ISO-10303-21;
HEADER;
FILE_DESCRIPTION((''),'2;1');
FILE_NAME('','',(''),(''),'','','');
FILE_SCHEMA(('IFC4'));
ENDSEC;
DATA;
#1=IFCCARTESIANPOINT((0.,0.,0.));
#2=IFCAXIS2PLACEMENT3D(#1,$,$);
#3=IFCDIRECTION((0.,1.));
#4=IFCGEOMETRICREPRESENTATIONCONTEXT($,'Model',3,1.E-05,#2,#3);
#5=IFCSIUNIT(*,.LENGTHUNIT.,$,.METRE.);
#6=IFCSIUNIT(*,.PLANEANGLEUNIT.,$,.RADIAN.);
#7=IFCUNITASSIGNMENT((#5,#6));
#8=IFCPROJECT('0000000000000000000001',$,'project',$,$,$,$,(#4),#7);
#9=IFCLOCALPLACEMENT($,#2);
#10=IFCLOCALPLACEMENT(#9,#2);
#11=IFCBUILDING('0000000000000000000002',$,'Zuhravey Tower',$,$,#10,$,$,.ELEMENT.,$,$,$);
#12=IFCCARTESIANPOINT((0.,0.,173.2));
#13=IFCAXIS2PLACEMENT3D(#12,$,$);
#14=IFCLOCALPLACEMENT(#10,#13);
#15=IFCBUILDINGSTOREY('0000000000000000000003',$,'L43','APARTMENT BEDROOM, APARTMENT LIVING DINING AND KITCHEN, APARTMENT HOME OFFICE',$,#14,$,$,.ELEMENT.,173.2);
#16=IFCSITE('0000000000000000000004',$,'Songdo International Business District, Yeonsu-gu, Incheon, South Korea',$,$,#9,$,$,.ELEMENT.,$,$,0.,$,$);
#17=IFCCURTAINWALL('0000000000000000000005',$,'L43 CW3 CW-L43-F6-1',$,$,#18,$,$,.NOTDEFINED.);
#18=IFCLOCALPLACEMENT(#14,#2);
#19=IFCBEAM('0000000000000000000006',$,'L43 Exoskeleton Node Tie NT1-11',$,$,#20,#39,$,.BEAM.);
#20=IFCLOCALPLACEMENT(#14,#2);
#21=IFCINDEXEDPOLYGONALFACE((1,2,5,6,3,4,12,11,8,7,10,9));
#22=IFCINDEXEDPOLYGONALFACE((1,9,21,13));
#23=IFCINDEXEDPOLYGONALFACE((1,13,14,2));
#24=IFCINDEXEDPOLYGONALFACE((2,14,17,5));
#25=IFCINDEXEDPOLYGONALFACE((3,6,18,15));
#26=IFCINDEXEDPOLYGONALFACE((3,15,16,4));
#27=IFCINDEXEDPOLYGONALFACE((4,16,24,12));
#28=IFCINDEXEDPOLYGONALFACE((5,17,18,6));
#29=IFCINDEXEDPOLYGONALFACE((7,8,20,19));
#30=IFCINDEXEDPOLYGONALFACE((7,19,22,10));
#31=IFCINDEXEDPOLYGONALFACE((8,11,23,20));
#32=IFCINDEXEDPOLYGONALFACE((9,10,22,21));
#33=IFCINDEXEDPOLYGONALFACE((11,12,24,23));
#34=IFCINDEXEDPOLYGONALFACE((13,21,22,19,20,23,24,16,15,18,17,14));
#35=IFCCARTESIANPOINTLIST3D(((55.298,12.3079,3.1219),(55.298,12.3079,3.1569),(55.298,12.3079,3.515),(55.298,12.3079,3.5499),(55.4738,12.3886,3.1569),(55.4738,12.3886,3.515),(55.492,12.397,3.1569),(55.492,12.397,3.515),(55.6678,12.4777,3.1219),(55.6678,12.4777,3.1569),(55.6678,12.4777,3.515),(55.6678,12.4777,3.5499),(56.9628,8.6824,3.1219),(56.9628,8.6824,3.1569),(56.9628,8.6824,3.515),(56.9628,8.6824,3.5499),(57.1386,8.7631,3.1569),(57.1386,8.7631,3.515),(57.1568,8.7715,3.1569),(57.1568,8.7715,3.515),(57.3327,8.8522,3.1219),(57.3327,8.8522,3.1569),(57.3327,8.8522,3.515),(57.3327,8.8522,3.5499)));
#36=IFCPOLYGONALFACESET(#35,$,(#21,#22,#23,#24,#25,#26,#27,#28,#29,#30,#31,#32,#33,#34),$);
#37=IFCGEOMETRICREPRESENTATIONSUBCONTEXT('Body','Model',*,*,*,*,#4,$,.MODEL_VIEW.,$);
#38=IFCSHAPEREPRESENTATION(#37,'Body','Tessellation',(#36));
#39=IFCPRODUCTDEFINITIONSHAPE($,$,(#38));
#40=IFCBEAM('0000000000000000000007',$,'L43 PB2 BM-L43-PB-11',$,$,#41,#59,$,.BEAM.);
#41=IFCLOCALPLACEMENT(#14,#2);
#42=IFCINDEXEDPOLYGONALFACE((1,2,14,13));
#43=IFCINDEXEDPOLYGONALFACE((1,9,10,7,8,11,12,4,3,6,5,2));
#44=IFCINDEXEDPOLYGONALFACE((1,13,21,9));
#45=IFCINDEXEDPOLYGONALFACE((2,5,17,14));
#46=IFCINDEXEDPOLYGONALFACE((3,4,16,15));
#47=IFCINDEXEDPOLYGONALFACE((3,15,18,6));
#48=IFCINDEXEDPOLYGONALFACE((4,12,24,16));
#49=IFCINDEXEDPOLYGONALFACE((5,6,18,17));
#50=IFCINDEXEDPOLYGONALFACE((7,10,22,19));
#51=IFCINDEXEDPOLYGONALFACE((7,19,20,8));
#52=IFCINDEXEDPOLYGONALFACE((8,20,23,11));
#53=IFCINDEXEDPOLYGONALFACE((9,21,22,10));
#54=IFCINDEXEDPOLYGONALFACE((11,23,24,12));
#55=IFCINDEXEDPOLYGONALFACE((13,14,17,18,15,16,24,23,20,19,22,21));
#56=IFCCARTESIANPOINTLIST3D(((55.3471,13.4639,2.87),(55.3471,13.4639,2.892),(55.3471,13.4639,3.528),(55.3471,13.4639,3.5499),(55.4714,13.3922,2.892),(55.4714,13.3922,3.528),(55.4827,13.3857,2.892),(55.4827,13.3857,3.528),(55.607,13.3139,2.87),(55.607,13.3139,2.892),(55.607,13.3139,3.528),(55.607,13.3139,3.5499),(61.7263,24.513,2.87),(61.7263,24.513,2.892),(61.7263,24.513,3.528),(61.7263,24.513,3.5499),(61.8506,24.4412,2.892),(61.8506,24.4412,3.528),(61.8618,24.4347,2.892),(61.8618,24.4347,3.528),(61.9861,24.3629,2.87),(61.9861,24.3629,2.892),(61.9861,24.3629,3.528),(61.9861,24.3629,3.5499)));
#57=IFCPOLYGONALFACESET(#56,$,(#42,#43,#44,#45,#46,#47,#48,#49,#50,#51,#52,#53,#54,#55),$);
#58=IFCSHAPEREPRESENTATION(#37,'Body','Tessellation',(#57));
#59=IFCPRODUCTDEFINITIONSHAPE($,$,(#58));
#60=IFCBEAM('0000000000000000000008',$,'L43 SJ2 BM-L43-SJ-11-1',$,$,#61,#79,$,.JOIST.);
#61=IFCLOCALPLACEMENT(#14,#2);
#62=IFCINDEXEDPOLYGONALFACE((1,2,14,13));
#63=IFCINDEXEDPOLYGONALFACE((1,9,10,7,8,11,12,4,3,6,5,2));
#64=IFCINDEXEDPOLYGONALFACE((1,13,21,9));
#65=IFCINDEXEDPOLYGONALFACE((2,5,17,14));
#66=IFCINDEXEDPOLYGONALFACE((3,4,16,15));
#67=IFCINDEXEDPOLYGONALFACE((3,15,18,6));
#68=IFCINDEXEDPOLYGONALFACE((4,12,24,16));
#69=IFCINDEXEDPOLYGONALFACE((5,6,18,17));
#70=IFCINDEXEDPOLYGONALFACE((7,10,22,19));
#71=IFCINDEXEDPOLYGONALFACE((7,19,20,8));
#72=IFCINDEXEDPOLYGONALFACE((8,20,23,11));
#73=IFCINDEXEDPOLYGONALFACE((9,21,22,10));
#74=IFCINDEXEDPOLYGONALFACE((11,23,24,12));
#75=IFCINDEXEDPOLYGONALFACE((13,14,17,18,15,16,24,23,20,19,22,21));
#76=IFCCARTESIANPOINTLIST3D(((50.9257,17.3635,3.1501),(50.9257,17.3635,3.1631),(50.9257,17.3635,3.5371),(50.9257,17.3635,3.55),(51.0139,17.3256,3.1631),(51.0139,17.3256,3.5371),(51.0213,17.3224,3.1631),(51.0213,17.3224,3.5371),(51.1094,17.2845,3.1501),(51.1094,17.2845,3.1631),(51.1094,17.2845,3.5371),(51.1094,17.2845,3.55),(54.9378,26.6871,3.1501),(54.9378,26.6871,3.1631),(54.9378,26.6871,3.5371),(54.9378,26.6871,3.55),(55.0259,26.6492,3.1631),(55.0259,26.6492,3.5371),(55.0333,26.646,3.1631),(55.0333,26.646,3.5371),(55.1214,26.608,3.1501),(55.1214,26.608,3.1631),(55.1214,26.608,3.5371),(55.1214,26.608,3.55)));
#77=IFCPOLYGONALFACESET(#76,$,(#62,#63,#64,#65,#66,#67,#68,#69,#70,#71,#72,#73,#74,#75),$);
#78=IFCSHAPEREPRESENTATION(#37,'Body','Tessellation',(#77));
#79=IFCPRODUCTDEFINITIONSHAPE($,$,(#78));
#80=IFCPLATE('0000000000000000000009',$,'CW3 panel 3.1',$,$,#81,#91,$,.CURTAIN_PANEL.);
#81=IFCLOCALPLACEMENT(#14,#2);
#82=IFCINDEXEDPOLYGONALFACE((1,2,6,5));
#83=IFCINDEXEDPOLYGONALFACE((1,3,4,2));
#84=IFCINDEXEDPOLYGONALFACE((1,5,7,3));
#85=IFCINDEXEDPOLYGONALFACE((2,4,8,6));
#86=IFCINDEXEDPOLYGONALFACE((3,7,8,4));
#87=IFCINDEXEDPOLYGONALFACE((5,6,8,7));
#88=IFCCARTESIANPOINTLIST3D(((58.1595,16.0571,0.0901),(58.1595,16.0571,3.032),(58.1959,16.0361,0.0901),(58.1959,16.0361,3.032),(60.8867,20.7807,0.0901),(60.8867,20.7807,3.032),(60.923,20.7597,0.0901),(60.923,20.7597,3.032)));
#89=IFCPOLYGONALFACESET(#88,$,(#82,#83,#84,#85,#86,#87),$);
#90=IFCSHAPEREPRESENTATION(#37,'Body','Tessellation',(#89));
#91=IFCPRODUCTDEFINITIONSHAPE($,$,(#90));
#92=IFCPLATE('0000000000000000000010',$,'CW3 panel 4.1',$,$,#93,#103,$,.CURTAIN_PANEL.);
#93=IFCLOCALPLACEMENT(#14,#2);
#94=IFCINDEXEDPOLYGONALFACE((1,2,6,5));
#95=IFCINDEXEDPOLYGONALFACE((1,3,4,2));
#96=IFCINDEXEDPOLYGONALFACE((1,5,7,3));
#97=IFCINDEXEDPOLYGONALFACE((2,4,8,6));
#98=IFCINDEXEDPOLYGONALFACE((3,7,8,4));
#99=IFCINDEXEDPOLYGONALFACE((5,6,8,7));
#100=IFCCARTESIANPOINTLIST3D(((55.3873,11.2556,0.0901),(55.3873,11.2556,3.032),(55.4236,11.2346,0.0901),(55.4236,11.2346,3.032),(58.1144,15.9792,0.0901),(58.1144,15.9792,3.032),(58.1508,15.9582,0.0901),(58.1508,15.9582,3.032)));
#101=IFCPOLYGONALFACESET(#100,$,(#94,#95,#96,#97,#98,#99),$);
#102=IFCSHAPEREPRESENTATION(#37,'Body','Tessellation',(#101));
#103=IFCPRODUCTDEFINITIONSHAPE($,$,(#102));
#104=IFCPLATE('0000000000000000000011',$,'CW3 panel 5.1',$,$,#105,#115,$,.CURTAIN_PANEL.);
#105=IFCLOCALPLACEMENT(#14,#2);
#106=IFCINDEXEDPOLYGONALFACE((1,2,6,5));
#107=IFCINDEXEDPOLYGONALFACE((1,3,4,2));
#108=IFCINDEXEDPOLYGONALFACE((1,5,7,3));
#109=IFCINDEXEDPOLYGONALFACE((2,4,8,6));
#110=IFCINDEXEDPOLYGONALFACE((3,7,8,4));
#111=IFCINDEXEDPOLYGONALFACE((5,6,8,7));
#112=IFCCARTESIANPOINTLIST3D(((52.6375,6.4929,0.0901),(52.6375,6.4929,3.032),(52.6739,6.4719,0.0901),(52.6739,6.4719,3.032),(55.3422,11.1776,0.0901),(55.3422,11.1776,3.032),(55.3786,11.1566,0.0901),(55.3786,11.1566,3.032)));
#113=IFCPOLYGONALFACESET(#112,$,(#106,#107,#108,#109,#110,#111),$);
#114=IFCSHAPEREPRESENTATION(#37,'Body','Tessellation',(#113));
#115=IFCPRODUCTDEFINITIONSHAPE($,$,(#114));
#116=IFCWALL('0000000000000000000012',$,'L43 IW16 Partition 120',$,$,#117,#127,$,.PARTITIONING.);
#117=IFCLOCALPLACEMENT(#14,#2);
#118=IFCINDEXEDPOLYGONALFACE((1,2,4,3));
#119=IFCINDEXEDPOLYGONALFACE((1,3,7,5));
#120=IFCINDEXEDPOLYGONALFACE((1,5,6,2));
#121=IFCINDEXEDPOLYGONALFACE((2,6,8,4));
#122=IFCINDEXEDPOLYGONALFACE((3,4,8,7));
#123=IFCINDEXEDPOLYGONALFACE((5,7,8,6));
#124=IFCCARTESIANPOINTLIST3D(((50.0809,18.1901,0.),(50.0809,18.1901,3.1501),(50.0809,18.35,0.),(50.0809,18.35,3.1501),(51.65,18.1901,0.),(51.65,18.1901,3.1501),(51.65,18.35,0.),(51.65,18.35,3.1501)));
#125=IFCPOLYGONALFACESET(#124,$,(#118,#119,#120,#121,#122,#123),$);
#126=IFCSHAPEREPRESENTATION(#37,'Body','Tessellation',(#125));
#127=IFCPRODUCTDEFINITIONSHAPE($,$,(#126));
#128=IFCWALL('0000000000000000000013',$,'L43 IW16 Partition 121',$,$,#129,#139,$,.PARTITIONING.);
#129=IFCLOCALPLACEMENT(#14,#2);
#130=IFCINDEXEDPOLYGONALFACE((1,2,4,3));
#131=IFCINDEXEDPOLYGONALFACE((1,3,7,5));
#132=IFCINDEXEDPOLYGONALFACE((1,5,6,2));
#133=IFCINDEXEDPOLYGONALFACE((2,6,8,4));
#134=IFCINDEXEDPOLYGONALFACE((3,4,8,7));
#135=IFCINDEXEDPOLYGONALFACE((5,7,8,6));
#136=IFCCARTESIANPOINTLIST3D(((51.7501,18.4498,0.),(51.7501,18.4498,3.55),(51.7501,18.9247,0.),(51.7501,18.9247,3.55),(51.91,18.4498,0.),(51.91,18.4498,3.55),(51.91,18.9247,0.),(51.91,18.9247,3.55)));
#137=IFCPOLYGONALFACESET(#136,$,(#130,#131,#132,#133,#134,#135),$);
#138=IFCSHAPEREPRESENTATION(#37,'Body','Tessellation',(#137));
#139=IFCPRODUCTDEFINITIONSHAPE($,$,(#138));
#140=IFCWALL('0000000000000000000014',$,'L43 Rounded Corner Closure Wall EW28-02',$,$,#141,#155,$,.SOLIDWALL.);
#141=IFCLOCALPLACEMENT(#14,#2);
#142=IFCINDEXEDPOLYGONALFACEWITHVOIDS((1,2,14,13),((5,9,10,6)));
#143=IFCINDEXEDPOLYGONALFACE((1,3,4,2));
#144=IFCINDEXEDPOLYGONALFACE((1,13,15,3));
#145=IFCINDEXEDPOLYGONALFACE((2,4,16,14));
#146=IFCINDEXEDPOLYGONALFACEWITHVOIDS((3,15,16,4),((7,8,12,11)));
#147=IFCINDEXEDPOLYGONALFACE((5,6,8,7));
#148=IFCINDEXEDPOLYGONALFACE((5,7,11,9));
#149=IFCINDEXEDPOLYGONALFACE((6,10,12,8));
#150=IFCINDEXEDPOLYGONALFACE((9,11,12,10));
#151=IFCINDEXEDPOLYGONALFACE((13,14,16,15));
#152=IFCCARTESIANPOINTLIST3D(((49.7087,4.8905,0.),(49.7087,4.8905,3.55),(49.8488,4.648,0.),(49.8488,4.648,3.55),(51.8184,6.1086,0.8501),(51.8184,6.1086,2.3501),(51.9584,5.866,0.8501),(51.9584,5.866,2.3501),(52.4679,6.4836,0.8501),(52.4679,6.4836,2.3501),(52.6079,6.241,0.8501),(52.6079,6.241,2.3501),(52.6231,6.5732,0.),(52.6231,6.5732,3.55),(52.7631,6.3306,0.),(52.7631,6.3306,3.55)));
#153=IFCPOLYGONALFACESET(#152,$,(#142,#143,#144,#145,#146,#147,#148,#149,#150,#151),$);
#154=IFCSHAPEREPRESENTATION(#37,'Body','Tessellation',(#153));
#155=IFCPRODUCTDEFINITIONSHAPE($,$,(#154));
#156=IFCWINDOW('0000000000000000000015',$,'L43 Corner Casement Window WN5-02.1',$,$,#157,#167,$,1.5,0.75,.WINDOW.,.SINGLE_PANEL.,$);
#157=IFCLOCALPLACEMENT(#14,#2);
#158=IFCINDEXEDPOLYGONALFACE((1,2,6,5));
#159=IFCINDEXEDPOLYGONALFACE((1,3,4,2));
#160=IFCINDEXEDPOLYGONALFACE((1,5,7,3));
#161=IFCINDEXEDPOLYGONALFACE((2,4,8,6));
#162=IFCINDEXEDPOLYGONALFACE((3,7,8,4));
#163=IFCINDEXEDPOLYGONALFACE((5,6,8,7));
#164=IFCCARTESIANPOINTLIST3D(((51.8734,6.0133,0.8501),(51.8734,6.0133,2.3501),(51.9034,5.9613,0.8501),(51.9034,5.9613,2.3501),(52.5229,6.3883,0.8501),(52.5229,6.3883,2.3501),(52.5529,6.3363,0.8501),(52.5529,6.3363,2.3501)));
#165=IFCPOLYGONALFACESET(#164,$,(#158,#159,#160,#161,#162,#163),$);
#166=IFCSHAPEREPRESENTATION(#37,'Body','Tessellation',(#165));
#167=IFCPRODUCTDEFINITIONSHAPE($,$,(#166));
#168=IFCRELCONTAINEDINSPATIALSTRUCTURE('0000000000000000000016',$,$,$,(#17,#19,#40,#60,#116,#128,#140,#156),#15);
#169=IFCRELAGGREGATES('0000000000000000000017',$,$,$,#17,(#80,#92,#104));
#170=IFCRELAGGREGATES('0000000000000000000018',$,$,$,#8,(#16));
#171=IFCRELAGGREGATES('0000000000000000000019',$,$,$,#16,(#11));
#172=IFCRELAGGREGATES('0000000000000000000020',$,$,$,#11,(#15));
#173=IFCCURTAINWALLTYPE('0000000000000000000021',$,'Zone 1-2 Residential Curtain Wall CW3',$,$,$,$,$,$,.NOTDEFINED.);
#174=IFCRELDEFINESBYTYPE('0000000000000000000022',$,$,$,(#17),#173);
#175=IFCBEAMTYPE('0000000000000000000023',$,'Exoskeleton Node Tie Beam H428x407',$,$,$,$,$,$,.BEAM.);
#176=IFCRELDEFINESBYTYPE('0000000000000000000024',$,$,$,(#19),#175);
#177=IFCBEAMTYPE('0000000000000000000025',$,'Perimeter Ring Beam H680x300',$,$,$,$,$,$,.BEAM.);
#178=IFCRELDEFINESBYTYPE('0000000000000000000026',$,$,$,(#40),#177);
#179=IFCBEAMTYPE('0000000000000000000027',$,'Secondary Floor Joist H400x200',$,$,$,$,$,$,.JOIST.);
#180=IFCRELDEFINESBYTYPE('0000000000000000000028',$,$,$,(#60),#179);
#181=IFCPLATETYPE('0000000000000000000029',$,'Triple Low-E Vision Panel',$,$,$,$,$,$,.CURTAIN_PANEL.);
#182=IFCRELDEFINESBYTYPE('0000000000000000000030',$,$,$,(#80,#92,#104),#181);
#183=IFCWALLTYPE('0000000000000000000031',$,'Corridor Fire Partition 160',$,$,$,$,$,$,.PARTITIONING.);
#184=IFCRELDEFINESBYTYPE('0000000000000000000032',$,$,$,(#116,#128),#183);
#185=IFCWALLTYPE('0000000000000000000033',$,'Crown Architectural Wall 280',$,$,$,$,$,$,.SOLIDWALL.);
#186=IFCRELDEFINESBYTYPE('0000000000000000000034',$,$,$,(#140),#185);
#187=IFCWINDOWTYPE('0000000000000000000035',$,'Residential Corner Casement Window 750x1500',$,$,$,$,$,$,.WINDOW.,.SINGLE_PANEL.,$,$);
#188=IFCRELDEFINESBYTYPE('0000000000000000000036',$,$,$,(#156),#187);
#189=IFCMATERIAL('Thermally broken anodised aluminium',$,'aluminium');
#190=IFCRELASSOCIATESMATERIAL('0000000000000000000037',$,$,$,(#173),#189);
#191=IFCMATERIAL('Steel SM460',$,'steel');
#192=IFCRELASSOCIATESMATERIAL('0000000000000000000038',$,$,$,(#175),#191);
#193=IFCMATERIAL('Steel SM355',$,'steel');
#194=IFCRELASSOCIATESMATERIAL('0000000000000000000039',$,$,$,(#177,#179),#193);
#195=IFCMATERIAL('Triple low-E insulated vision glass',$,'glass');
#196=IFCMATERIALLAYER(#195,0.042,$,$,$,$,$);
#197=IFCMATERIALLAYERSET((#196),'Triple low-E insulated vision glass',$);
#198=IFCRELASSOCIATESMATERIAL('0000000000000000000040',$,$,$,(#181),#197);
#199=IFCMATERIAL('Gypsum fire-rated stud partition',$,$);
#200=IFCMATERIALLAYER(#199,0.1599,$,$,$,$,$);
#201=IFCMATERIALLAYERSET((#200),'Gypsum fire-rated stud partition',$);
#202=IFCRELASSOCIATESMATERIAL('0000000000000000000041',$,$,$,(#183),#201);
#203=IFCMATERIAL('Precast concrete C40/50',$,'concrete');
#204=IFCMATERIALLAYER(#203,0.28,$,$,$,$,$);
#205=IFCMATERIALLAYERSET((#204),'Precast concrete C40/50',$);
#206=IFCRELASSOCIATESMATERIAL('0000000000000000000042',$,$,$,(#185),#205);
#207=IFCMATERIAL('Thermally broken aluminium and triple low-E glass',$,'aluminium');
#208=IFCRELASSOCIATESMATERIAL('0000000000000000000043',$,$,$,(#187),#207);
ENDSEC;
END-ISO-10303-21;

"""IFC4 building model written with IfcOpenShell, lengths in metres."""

from ifc_helpers import new_model, si_unit, direction, frame, frame_2d, origin, origin_2d, place, context, subcontext, project, spatial, rectangle, i_section, extrude, material, layer, layer_set, material_profile, profile_set, type_object, element, fill, aggregate, save


model = new_model("IFC4")

# Units and contexts
model_context = context("Model", 3, precision=1e-05, world=origin(), true_north=direction((0.0, 1.0)))
body_context = subcontext(model_context, "Body", "Model", "MODEL_VIEW")
ifc_project = project(units=[si_unit("LENGTHUNIT", "METRE"), si_unit("PLANEANGLEUNIT", "RADIAN")], contexts=[model_context])

# Site, building, storey
site_placement = place(None, origin())
site = spatial("IfcSite", under=ifc_project, at=site_placement, Name="Songdo International Business District, Yeonsu-gu, Incheon, South Korea", CompositionType="ELEMENT", RefElevation=0.0)
building_placement = place(site_placement, origin())
building = spatial("IfcBuilding", under=site, at=building_placement, Name="Zuhravey Tower", CompositionType="ELEMENT")
storey_placement = place(building_placement, frame((0.0, 0.0, 173.2)))
storey = spatial("IfcBuildingStorey", under=building, at=storey_placement, Name="L43", Description="APARTMENT BEDROOM, APARTMENT LIVING DINING AND KITCHEN, APARTMENT HOME OFFICE", CompositionType="ELEMENT", Elevation=173.2)

# Curtain wall
ifc_material_1 = material(Name="Thermally broken anodised aluminium", Category="aluminium")
curtain_wall_type = type_object("IfcCurtainWallType", Name="Zone 1-2 Residential Curtain Wall CW3", PredefinedType="NOTDEFINED", material=ifc_material_1)
curtain_wall_1_placement = place(storey_placement, origin())
curtain_wall_1 = element("IfcCurtainWall", 1, at=curtain_wall_1_placement, inside=storey, type_object=curtain_wall_type, Name="L43 CW3 CW-L43-F6-1", PredefinedType="NOTDEFINED")

# Beams
ifc_material_2 = material(Name="Steel SM460", Category="steel")
ifc_material_profile_1 = material_profile(ifc_material_2, i_section(OverallWidth=0.407, OverallDepth=0.428, WebThickness=0.02, FlangeThickness=0.0349, at=origin_2d()), Name="H-428x407x20x35")
ifc_profile_set_1 = profile_set([ifc_material_profile_1], Name="Steel SM460")
beam_type_1 = type_object("IfcBeamType", Name="Exoskeleton Node Tie Beam H428x407", PredefinedType="BEAM", material=ifc_profile_set_1)
beam_1_placement = place(storey_placement, frame((55.4829, 12.3928, 3.3359), z_axis=(0.417299, -0.908769, 0.0), x_axis=(0.908769, 0.417299, 0.0)))
element("IfcBeam", 2, at=beam_1_placement, inside=storey, type_object=beam_type_1, Name="L43 Exoskeleton Node Tie NT1-11", PredefinedType="BEAM", context=body_context, shape_type="SweptSolid", body=[
    extrude(i_section(OverallWidth=0.407, OverallDepth=0.428, WebThickness=0.02, FlangeThickness=0.0349, at=origin_2d()), origin(), (0.0, 0.0, 1.0), 3.9895),
])
ifc_material_3 = material(Name="Steel SM355", Category="steel")
ifc_material_profile_2 = material_profile(ifc_material_3, i_section(OverallWidth=0.3, OverallDepth=0.6799, WebThickness=0.0129, FlangeThickness=0.022, at=origin_2d()), Name="H-680x300x13x22")
ifc_profile_set_2 = profile_set([ifc_material_profile_2], Name="Steel SM355")
beam_type_2 = type_object("IfcBeamType", Name="Perimeter Ring Beam H680x300", PredefinedType="BEAM", material=ifc_profile_set_2)
beam_2_placement = place(storey_placement, frame((55.4771, 13.3889, 3.21), z_axis=(0.499998, 0.866027, 0.0), x_axis=(-0.866027, 0.499998, 0.0)))
element("IfcBeam", 3, at=beam_2_placement, inside=storey, type_object=beam_type_2, Name="L43 PB2 BM-L43-PB-11", PredefinedType="BEAM", context=body_context, shape_type="SweptSolid", body=[
    extrude(i_section(OverallWidth=0.3, OverallDepth=0.6799, WebThickness=0.0129, FlangeThickness=0.022, at=origin_2d()), origin(), (0.0, 0.0, 1.0), 12.7583),
])
ifc_material_profile_3 = material_profile(ifc_material_3, i_section(OverallWidth=0.2, OverallDepth=0.3999, WebThickness=0.0081, FlangeThickness=0.0129, at=origin_2d()), Name="H-400x200x8x13")
ifc_profile_set_3 = profile_set([ifc_material_profile_3], Name="Steel SM355")
beam_type_3 = type_object("IfcBeamType", Name="Secondary Floor Joist H400x200", PredefinedType="JOIST", material=ifc_profile_set_3)
beam_3_placement = place(storey_placement, frame((51.0176, 17.324, 3.3501), z_axis=(0.395266, 0.918567, 0.0), x_axis=(-0.918567, 0.395266, 0.0)))
element("IfcBeam", 4, at=beam_3_placement, inside=storey, type_object=beam_type_3, Name="L43 SJ2 BM-L43-SJ-11-1", PredefinedType="JOIST", context=body_context, shape_type="SweptSolid", body=[
    extrude(i_section(OverallWidth=0.2, OverallDepth=0.3999, WebThickness=0.0081, FlangeThickness=0.0129, at=origin_2d()), origin(), (0.0, 0.0, 1.0), 10.1501),
])

# Plates
ifc_material_4 = material(Name="Triple low-E insulated vision glass", Category="glass")
ifc_layer_1 = layer(ifc_material_4, 0.042)
ifc_layer_set_1 = layer_set([ifc_layer_1], Name="Triple low-E insulated vision glass")
plate_type = type_object("IfcPlateType", Name="Triple Low-E Vision Panel", PredefinedType="CURTAIN_PANEL", material=ifc_layer_set_1)
plate_1_placement = place(storey_placement, frame((59.5413, 18.4084, 0.0901), z_axis=(0.0, 0.0, 1.0), x_axis=(-0.5, -0.866025, 0.0)))
plate_1 = element("IfcPlate", 5, at=plate_1_placement, type_object=plate_type, Name="CW3 panel 3.1", PredefinedType="CURTAIN_PANEL", context=body_context, shape_type="SweptSolid", body=[
    extrude(rectangle(XDim=5.4543, YDim=0.042, at=origin_2d()), origin(), (0.0, 0.0, 1.0), 2.9419),
])
plate_2_placement = place(storey_placement, frame((56.769, 13.6069, 0.0901), z_axis=(0.0, 0.0, 1.0), x_axis=(-0.5, -0.866025, 0.0)))
plate_2 = element("IfcPlate", 6, at=plate_2_placement, type_object=plate_type, Name="CW3 panel 4.1", PredefinedType="CURTAIN_PANEL", context=body_context, shape_type="SweptSolid", body=[
    extrude(rectangle(XDim=5.4543, YDim=0.042, at=origin_2d()), origin(), (0.0, 0.0, 1.0), 2.9419),
])
plate_3_placement = place(storey_placement, frame((54.0081, 8.8247, 0.0901), z_axis=(0.0, 0.0, 1.0), x_axis=(-0.5, -0.866025, 0.0)))
plate_3 = element("IfcPlate", 7, at=plate_3_placement, type_object=plate_type, Name="CW3 panel 5.1", PredefinedType="CURTAIN_PANEL", context=body_context, shape_type="SweptSolid", body=[
    extrude(rectangle(XDim=5.4094, YDim=0.042, at=origin_2d()), origin(), (0.0, 0.0, 1.0), 2.9419),
])
aggregate(curtain_wall_1, [plate_1, plate_2, plate_3])

# Walls
ifc_material_5 = material(Name="Gypsum fire-rated stud partition")
ifc_layer_2 = layer(ifc_material_5, 0.1599)
ifc_layer_set_2 = layer_set([ifc_layer_2], Name="Gypsum fire-rated stud partition")
wall_type_1 = type_object("IfcWallType", Name="Corridor Fire Partition 160", PredefinedType="PARTITIONING", material=ifc_layer_set_2)
wall_1_placement = place(storey_placement, frame((50.0808, 18.27, 0.0), z_axis=(0.0, 0.0, 1.0), x_axis=(1.0, 0.0, 0.0)))
element("IfcWall", 8, at=wall_1_placement, inside=storey, type_object=wall_type_1, Name="L43 IW16 Partition 120", PredefinedType="PARTITIONING", context=body_context, shape_type="SweptSolid", body=[
    extrude(rectangle(XDim=1.5691, YDim=0.1599, at=frame_2d((0.7847, 0.0))), origin(), (0.0, 0.0, 1.0), 3.1501),
])
wall_2_placement = place(storey_placement, frame((51.8301, 18.45, 0.0), z_axis=(0.0, 0.0, 1.0), x_axis=(0.0, 1.0, 0.0)))
element("IfcWall", 9, at=wall_2_placement, inside=storey, type_object=wall_type_1, Name="L43 IW16 Partition 121", PredefinedType="PARTITIONING", context=body_context, shape_type="SweptSolid", body=[
    extrude(rectangle(XDim=0.4749, YDim=0.1599, at=frame_2d((0.2373, 0.0))), origin(), (0.0, 0.0, 1.0), 3.55),
])

# Wall, opening, window
ifc_material_6 = material(Name="Precast concrete C40/50", Category="concrete")
ifc_layer_3 = layer(ifc_material_6, 0.28)
ifc_layer_set_3 = layer_set([ifc_layer_3], Name="Precast concrete C40/50")
wall_type_2 = type_object("IfcWallType", Name="Crown Architectural Wall 280", PredefinedType="SOLIDWALL", material=ifc_layer_set_3)
wall_3_placement = place(storey_placement, frame((52.6931, 6.4519, 0.0), z_axis=(0.0, 0.0, 1.0), x_axis=(-0.86602, -0.500009, 0.0)))
wall_3 = element("IfcWall", 10, at=wall_3_placement, inside=storey, type_object=wall_type_2, Name="L43 Rounded Corner Closure Wall EW28-02", PredefinedType="SOLIDWALL", context=body_context, shape_type="SweptSolid", body=[
    extrude(rectangle(XDim=3.3652, YDim=0.28, at=frame_2d((1.6826, 0.0))), origin(), (0.0, 0.0, 1.0), 3.55),
])
opening_placement = place(wall_3_placement, frame((0.1792, 0.0, 0.8501)))
opening = element("IfcOpeningElement", 11, at=opening_placement, cuts=wall_3, PredefinedType="OPENING", context=body_context, shape_type="SweptSolid", body=[
    extrude(rectangle(XDim=0.75, YDim=1.5, at=frame_2d((0.375, 0.75))), frame((0.0, 0.1521, 0.0), z_axis=(0.0, -1.0, 0.0), x_axis=(1.0, 0.0, 0.0)), (0.0, 0.0, 1.0), 0.304),
])
ifc_material_7 = material(Name="Thermally broken aluminium and triple low-E glass", Category="aluminium")
window_type = type_object("IfcWindowType", Name="Residential Corner Casement Window 750x1500", PartitioningType="SINGLE_PANEL", PredefinedType="WINDOW", material=ifc_material_7)
window_placement = place(opening_placement, origin())
window = element("IfcWindow", 12, at=window_placement, inside=storey, type_object=window_type, Name="L43 Corner Casement Window WN5-02.1", OverallHeight=1.5, OverallWidth=0.75, PartitioningType="SINGLE_PANEL", PredefinedType="WINDOW", context=body_context, shape_type="SweptSolid", body=[
    extrude(rectangle(XDim=0.75, YDim=1.5, at=frame_2d((0.375, 0.75))), frame((0.0, 0.03, 0.0), z_axis=(0.0, -1.0, 0.0), x_axis=(1.0, 0.0, 0.0)), (0.0, 0.0, 1.0), 0.0601),
])
fill(opening, window)

save(model, "model.ifc")
